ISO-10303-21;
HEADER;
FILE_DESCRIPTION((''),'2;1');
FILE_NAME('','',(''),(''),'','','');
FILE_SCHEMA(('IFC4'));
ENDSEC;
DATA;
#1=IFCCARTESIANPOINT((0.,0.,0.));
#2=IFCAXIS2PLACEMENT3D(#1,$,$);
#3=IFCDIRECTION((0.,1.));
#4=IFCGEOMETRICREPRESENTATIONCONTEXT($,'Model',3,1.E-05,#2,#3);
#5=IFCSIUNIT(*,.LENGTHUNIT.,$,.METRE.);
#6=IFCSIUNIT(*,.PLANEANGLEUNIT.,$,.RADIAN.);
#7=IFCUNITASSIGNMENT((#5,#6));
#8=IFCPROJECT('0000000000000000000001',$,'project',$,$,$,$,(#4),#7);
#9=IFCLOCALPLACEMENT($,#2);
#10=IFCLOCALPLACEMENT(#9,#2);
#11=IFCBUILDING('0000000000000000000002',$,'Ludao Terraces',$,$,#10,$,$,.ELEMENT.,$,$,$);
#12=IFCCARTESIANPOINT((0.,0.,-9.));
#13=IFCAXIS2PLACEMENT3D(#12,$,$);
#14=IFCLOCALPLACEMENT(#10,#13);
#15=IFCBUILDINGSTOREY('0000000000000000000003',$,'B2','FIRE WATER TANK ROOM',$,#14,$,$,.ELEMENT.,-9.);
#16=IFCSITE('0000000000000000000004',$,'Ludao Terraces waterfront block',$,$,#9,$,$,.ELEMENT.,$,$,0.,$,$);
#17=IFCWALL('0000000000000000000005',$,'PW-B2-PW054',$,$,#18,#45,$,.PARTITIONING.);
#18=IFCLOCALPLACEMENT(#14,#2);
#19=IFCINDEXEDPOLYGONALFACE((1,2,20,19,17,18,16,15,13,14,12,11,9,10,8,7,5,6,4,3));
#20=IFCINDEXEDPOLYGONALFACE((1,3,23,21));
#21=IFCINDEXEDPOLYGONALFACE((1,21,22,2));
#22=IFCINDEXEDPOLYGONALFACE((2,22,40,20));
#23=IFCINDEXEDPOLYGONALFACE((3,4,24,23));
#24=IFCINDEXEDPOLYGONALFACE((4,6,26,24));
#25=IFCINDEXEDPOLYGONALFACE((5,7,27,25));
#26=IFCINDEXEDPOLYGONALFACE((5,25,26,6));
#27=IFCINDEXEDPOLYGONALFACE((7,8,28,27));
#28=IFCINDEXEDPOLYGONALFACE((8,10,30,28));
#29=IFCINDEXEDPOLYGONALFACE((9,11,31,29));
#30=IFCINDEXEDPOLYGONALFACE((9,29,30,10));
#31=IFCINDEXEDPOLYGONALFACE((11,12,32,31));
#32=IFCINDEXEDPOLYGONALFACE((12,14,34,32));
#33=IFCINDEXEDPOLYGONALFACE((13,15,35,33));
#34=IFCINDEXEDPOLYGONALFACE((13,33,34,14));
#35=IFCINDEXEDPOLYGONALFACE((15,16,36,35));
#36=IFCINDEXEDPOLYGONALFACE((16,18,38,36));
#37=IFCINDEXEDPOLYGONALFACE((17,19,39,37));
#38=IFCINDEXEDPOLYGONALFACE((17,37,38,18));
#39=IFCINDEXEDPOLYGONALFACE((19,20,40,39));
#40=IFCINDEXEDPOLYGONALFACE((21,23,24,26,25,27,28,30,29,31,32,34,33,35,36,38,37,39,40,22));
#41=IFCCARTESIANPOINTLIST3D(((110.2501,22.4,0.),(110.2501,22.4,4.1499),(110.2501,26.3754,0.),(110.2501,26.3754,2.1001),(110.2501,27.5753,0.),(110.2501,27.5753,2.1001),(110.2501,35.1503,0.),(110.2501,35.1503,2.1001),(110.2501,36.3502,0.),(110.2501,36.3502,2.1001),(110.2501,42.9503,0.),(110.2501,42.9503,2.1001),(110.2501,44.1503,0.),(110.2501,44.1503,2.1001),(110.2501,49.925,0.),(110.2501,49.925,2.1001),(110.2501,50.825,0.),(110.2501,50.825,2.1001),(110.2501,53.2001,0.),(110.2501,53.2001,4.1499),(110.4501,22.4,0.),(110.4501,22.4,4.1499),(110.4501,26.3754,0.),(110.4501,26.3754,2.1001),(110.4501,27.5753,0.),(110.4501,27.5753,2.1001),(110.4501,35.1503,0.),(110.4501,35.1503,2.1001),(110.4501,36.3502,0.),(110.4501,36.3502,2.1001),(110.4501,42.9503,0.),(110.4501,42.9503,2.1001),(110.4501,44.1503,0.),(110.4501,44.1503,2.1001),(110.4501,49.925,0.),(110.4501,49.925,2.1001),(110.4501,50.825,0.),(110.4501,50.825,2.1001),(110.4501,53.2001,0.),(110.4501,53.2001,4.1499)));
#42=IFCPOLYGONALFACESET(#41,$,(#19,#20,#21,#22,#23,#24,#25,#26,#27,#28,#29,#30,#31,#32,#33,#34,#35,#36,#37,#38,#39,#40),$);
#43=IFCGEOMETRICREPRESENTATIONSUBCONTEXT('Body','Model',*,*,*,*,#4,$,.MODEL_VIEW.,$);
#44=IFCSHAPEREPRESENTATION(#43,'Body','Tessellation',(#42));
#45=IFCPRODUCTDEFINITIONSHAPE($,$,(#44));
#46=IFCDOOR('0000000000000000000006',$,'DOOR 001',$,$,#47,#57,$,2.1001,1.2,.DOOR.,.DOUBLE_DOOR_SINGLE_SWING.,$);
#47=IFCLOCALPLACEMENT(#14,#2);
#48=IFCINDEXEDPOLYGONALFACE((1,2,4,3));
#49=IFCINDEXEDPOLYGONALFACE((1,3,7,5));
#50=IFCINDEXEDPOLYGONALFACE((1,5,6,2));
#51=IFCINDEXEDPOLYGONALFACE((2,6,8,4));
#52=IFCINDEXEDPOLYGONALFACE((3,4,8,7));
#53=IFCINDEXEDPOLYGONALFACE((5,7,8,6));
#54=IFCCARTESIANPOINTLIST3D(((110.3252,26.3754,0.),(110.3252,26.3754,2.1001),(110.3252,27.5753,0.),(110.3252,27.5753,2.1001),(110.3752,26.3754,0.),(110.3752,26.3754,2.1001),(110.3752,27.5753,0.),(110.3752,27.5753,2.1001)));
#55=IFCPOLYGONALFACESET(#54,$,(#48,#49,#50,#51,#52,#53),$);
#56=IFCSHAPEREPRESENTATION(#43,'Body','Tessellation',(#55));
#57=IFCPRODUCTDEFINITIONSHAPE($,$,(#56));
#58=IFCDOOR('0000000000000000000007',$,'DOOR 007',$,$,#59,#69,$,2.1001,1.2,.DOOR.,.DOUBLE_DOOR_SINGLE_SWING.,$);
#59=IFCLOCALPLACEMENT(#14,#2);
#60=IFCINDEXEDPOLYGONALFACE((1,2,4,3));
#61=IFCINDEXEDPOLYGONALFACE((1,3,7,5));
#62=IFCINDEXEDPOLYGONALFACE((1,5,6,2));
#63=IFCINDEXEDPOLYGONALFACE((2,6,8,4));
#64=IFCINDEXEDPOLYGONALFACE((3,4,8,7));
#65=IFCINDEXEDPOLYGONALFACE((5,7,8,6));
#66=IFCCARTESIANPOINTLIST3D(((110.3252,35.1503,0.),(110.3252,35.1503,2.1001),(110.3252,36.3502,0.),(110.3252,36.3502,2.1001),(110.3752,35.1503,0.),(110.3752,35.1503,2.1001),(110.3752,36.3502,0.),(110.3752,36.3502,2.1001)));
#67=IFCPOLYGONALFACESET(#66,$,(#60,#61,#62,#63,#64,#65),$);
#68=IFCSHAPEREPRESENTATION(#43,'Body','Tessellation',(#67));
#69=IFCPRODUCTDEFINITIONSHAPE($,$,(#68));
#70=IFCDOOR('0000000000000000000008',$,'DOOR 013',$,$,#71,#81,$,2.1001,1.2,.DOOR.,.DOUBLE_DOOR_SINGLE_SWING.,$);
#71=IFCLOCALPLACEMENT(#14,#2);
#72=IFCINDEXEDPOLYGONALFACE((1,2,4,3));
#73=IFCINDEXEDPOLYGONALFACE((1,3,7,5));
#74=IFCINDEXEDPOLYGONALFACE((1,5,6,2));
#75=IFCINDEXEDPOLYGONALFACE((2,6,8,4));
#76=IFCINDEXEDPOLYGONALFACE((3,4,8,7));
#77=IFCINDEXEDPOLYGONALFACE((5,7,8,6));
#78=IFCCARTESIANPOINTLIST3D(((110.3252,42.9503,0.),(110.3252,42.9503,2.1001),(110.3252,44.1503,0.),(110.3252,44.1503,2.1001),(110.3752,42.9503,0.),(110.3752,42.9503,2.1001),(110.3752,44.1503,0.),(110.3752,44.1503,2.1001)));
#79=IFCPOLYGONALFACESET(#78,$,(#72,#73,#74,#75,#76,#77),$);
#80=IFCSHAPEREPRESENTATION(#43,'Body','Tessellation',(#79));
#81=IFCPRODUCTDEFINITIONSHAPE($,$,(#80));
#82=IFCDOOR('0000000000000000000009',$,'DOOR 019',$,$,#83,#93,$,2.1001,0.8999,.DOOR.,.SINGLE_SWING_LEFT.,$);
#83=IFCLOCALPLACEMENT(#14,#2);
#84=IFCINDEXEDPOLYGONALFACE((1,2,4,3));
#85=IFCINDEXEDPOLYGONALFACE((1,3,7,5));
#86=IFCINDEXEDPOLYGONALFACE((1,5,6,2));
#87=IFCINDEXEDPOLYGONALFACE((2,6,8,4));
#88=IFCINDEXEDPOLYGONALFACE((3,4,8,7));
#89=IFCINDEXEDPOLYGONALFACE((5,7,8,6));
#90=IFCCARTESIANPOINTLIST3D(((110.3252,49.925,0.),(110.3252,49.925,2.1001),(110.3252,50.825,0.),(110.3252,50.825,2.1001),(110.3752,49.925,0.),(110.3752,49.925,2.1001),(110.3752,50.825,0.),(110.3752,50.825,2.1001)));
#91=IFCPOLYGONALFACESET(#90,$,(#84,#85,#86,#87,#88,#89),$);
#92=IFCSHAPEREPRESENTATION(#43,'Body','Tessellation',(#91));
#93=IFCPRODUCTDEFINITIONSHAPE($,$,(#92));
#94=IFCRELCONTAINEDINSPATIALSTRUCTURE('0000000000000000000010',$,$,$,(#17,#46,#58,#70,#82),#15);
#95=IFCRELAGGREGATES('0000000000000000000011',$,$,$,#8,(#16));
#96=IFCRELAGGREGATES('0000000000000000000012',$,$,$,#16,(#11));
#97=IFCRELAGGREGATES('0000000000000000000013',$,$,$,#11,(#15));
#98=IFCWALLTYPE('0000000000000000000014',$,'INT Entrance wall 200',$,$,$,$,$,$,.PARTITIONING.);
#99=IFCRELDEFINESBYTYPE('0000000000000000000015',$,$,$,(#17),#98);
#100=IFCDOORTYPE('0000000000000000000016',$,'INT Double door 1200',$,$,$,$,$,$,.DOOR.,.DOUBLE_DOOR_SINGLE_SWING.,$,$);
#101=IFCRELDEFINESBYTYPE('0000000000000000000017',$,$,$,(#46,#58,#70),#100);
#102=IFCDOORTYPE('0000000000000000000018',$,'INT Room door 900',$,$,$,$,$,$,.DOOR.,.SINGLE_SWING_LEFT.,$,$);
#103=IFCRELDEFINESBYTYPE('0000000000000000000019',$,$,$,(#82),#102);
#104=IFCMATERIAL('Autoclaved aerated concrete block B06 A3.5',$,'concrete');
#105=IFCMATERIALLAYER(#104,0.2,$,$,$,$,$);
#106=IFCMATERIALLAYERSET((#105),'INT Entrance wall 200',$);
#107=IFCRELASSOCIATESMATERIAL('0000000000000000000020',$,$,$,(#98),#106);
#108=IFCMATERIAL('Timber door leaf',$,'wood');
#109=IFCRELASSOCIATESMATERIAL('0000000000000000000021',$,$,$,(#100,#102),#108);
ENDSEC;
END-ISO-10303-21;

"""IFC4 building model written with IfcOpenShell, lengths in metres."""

from ifc_helpers import new_model, si_unit, direction, frame, frame_2d, origin, place, context, subcontext, project, spatial, rectangle, extrude, material, layer, layer_set, type_object, element, fill, save


model = new_model("IFC4")

# Units and contexts
model_context = context("Model", 3, precision=1e-05, world=origin(), true_north=direction((0.0, 1.0)))
body_context = subcontext(model_context, "Body", "Model", "MODEL_VIEW")
ifc_project = project(units=[si_unit("LENGTHUNIT", "METRE"), si_unit("PLANEANGLEUNIT", "RADIAN")], contexts=[model_context])

# Site, building, storey
site_placement = place(None, origin())
site = spatial("IfcSite", under=ifc_project, at=site_placement, Name="Ludao Terraces waterfront block", CompositionType="ELEMENT", RefElevation=0.0)
building_placement = place(site_placement, origin())
building = spatial("IfcBuilding", under=site, at=building_placement, Name="Ludao Terraces", CompositionType="ELEMENT")
storey_placement = place(building_placement, frame((0.0, 0.0, -9.0)))
storey = spatial("IfcBuildingStorey", under=building, at=storey_placement, Name="B2", Description="FIRE WATER TANK ROOM", CompositionType="ELEMENT", Elevation=-9.0)

# Wall, openings, doors
ifc_material_1 = material(Name="Autoclaved aerated concrete block B06 A3.5", Category="concrete")
ifc_layer_1 = layer(ifc_material_1, 0.2)
ifc_layer_set_1 = layer_set([ifc_layer_1], Name="INT Entrance wall 200")
wall_type_1 = type_object("IfcWallType", Name="INT Entrance wall 200", PredefinedType="PARTITIONING", material=ifc_layer_set_1)
wall_1_placement = place(storey_placement, frame((110.3501, 22.4001, 0.0), z_axis=(0.0, 0.0, 1.0), x_axis=(0.0, 1.0, 0.0)))
wall_1 = element("IfcWall", 1, at=wall_1_placement, inside=storey, type_object=wall_type_1, Name="PW-B2-PW054", PredefinedType="PARTITIONING", context=body_context, shape_type="SweptSolid", body=[
    extrude(rectangle(XDim=30.8, YDim=0.2, at=frame_2d((15.3999, 0.0))), origin(), (0.0, 0.0, 1.0), 4.1499),
])
opening_1_placement = place(wall_1_placement, frame((3.9751, 0.0, 0.0)))
opening_1 = element("IfcOpeningElement", 2, at=opening_1_placement, cuts=wall_1, PredefinedType="OPENING", context=body_context, shape_type="SweptSolid", body=[
    extrude(rectangle(XDim=1.2, YDim=2.1001, at=frame_2d((0.6001, 1.05))), frame((0.0, 0.1099, 0.0), z_axis=(0.0, -1.0, 0.0), x_axis=(1.0, 0.0, 0.0)), (0.0, 0.0, 1.0), 0.22),
])
opening_2_placement = place(wall_1_placement, frame((12.75, 0.0, 0.0)))
opening_2 = element("IfcOpeningElement", 3, at=opening_2_placement, cuts=wall_1, PredefinedType="OPENING", context=body_context, shape_type="SweptSolid", body=[
    extrude(rectangle(XDim=1.2, YDim=2.1001, at=frame_2d((0.6001, 1.05))), frame((0.0, 0.1099, 0.0), z_axis=(0.0, -1.0, 0.0), x_axis=(1.0, 0.0, 0.0)), (0.0, 0.0, 1.0), 0.22),
])
opening_3_placement = place(wall_1_placement, frame((20.55, 0.0, 0.0)))
opening_3 = element("IfcOpeningElement", 4, at=opening_3_placement, cuts=wall_1, PredefinedType="OPENING", context=body_context, shape_type="SweptSolid", body=[
    extrude(rectangle(XDim=1.2, YDim=2.1001, at=frame_2d((0.6001, 1.05))), frame((0.0, 0.1099, 0.0), z_axis=(0.0, -1.0, 0.0), x_axis=(1.0, 0.0, 0.0)), (0.0, 0.0, 1.0), 0.22),
])
opening_4_placement = place(wall_1_placement, frame((27.5249, 0.0, 0.0)))
opening_4 = element("IfcOpeningElement", 5, at=opening_4_placement, cuts=wall_1, PredefinedType="OPENING", context=body_context, shape_type="SweptSolid", body=[
    extrude(rectangle(XDim=0.8999, YDim=2.1001, at=frame_2d((0.45, 1.05))), frame((0.0, 0.1099, 0.0), z_axis=(0.0, -1.0, 0.0), x_axis=(1.0, 0.0, 0.0)), (0.0, 0.0, 1.0), 0.22),
])
ifc_material_2 = material(Name="Timber door leaf", Category="wood")
door_type_1 = type_object("IfcDoorType", Name="INT Double door 1200", OperationType="DOUBLE_DOOR_SINGLE_SWING", PredefinedType="DOOR", material=ifc_material_2)
door_1_placement = place(opening_1_placement, origin())
door_1 = element("IfcDoor", 6, at=door_1_placement, inside=storey, type_object=door_type_1, Name="DOOR 001", OperationType="DOUBLE_DOOR_SINGLE_SWING", OverallHeight=2.1001, OverallWidth=1.2, PredefinedType="DOOR", context=body_context, shape_type="SweptSolid", body=[
    extrude(rectangle(XDim=1.2, YDim=2.1001, at=frame_2d((0.6001, 1.05))), frame((0.0, 0.0249, 0.0), z_axis=(0.0, -1.0, 0.0), x_axis=(1.0, 0.0, 0.0)), (0.0, 0.0, 1.0), 0.05),
])
fill(opening_1, door_1)
door_2_placement = place(opening_2_placement, origin())
door_2 = element("IfcDoor", 7, at=door_2_placement, inside=storey, type_object=door_type_1, Name="DOOR 007", OperationType="DOUBLE_DOOR_SINGLE_SWING", OverallHeight=2.1001, OverallWidth=1.2, PredefinedType="DOOR", context=body_context, shape_type="SweptSolid", body=[
    extrude(rectangle(XDim=1.2, YDim=2.1001, at=frame_2d((0.6001, 1.05))), frame((0.0, 0.0249, 0.0), z_axis=(0.0, -1.0, 0.0), x_axis=(1.0, 0.0, 0.0)), (0.0, 0.0, 1.0), 0.05),
])
fill(opening_2, door_2)
door_3_placement = place(opening_3_placement, origin())
door_3 = element("IfcDoor", 8, at=door_3_placement, inside=storey, type_object=door_type_1, Name="DOOR 013", OperationType="DOUBLE_DOOR_SINGLE_SWING", OverallHeight=2.1001, OverallWidth=1.2, PredefinedType="DOOR", context=body_context, shape_type="SweptSolid", body=[
    extrude(rectangle(XDim=1.2, YDim=2.1001, at=frame_2d((0.6001, 1.05))), frame((0.0, 0.0249, 0.0), z_axis=(0.0, -1.0, 0.0), x_axis=(1.0, 0.0, 0.0)), (0.0, 0.0, 1.0), 0.05),
])
fill(opening_3, door_3)
door_type_2 = type_object("IfcDoorType", Name="INT Room door 900", OperationType="SINGLE_SWING_LEFT", PredefinedType="DOOR", material=ifc_material_2)
door_4_placement = place(opening_4_placement, origin())
door_4 = element("IfcDoor", 9, at=door_4_placement, inside=storey, type_object=door_type_2, Name="DOOR 019", OperationType="SINGLE_SWING_LEFT", OverallHeight=2.1001, OverallWidth=0.8999, PredefinedType="DOOR", context=body_context, shape_type="SweptSolid", body=[
    extrude(rectangle(XDim=0.8999, YDim=2.1001, at=frame_2d((0.45, 1.05))), frame((0.0, 0.0249, 0.0), z_axis=(0.0, -1.0, 0.0), x_axis=(1.0, 0.0, 0.0)), (0.0, 0.0, 1.0), 0.05),
])
fill(opening_4, door_4)

save(model, "model.ifc")
